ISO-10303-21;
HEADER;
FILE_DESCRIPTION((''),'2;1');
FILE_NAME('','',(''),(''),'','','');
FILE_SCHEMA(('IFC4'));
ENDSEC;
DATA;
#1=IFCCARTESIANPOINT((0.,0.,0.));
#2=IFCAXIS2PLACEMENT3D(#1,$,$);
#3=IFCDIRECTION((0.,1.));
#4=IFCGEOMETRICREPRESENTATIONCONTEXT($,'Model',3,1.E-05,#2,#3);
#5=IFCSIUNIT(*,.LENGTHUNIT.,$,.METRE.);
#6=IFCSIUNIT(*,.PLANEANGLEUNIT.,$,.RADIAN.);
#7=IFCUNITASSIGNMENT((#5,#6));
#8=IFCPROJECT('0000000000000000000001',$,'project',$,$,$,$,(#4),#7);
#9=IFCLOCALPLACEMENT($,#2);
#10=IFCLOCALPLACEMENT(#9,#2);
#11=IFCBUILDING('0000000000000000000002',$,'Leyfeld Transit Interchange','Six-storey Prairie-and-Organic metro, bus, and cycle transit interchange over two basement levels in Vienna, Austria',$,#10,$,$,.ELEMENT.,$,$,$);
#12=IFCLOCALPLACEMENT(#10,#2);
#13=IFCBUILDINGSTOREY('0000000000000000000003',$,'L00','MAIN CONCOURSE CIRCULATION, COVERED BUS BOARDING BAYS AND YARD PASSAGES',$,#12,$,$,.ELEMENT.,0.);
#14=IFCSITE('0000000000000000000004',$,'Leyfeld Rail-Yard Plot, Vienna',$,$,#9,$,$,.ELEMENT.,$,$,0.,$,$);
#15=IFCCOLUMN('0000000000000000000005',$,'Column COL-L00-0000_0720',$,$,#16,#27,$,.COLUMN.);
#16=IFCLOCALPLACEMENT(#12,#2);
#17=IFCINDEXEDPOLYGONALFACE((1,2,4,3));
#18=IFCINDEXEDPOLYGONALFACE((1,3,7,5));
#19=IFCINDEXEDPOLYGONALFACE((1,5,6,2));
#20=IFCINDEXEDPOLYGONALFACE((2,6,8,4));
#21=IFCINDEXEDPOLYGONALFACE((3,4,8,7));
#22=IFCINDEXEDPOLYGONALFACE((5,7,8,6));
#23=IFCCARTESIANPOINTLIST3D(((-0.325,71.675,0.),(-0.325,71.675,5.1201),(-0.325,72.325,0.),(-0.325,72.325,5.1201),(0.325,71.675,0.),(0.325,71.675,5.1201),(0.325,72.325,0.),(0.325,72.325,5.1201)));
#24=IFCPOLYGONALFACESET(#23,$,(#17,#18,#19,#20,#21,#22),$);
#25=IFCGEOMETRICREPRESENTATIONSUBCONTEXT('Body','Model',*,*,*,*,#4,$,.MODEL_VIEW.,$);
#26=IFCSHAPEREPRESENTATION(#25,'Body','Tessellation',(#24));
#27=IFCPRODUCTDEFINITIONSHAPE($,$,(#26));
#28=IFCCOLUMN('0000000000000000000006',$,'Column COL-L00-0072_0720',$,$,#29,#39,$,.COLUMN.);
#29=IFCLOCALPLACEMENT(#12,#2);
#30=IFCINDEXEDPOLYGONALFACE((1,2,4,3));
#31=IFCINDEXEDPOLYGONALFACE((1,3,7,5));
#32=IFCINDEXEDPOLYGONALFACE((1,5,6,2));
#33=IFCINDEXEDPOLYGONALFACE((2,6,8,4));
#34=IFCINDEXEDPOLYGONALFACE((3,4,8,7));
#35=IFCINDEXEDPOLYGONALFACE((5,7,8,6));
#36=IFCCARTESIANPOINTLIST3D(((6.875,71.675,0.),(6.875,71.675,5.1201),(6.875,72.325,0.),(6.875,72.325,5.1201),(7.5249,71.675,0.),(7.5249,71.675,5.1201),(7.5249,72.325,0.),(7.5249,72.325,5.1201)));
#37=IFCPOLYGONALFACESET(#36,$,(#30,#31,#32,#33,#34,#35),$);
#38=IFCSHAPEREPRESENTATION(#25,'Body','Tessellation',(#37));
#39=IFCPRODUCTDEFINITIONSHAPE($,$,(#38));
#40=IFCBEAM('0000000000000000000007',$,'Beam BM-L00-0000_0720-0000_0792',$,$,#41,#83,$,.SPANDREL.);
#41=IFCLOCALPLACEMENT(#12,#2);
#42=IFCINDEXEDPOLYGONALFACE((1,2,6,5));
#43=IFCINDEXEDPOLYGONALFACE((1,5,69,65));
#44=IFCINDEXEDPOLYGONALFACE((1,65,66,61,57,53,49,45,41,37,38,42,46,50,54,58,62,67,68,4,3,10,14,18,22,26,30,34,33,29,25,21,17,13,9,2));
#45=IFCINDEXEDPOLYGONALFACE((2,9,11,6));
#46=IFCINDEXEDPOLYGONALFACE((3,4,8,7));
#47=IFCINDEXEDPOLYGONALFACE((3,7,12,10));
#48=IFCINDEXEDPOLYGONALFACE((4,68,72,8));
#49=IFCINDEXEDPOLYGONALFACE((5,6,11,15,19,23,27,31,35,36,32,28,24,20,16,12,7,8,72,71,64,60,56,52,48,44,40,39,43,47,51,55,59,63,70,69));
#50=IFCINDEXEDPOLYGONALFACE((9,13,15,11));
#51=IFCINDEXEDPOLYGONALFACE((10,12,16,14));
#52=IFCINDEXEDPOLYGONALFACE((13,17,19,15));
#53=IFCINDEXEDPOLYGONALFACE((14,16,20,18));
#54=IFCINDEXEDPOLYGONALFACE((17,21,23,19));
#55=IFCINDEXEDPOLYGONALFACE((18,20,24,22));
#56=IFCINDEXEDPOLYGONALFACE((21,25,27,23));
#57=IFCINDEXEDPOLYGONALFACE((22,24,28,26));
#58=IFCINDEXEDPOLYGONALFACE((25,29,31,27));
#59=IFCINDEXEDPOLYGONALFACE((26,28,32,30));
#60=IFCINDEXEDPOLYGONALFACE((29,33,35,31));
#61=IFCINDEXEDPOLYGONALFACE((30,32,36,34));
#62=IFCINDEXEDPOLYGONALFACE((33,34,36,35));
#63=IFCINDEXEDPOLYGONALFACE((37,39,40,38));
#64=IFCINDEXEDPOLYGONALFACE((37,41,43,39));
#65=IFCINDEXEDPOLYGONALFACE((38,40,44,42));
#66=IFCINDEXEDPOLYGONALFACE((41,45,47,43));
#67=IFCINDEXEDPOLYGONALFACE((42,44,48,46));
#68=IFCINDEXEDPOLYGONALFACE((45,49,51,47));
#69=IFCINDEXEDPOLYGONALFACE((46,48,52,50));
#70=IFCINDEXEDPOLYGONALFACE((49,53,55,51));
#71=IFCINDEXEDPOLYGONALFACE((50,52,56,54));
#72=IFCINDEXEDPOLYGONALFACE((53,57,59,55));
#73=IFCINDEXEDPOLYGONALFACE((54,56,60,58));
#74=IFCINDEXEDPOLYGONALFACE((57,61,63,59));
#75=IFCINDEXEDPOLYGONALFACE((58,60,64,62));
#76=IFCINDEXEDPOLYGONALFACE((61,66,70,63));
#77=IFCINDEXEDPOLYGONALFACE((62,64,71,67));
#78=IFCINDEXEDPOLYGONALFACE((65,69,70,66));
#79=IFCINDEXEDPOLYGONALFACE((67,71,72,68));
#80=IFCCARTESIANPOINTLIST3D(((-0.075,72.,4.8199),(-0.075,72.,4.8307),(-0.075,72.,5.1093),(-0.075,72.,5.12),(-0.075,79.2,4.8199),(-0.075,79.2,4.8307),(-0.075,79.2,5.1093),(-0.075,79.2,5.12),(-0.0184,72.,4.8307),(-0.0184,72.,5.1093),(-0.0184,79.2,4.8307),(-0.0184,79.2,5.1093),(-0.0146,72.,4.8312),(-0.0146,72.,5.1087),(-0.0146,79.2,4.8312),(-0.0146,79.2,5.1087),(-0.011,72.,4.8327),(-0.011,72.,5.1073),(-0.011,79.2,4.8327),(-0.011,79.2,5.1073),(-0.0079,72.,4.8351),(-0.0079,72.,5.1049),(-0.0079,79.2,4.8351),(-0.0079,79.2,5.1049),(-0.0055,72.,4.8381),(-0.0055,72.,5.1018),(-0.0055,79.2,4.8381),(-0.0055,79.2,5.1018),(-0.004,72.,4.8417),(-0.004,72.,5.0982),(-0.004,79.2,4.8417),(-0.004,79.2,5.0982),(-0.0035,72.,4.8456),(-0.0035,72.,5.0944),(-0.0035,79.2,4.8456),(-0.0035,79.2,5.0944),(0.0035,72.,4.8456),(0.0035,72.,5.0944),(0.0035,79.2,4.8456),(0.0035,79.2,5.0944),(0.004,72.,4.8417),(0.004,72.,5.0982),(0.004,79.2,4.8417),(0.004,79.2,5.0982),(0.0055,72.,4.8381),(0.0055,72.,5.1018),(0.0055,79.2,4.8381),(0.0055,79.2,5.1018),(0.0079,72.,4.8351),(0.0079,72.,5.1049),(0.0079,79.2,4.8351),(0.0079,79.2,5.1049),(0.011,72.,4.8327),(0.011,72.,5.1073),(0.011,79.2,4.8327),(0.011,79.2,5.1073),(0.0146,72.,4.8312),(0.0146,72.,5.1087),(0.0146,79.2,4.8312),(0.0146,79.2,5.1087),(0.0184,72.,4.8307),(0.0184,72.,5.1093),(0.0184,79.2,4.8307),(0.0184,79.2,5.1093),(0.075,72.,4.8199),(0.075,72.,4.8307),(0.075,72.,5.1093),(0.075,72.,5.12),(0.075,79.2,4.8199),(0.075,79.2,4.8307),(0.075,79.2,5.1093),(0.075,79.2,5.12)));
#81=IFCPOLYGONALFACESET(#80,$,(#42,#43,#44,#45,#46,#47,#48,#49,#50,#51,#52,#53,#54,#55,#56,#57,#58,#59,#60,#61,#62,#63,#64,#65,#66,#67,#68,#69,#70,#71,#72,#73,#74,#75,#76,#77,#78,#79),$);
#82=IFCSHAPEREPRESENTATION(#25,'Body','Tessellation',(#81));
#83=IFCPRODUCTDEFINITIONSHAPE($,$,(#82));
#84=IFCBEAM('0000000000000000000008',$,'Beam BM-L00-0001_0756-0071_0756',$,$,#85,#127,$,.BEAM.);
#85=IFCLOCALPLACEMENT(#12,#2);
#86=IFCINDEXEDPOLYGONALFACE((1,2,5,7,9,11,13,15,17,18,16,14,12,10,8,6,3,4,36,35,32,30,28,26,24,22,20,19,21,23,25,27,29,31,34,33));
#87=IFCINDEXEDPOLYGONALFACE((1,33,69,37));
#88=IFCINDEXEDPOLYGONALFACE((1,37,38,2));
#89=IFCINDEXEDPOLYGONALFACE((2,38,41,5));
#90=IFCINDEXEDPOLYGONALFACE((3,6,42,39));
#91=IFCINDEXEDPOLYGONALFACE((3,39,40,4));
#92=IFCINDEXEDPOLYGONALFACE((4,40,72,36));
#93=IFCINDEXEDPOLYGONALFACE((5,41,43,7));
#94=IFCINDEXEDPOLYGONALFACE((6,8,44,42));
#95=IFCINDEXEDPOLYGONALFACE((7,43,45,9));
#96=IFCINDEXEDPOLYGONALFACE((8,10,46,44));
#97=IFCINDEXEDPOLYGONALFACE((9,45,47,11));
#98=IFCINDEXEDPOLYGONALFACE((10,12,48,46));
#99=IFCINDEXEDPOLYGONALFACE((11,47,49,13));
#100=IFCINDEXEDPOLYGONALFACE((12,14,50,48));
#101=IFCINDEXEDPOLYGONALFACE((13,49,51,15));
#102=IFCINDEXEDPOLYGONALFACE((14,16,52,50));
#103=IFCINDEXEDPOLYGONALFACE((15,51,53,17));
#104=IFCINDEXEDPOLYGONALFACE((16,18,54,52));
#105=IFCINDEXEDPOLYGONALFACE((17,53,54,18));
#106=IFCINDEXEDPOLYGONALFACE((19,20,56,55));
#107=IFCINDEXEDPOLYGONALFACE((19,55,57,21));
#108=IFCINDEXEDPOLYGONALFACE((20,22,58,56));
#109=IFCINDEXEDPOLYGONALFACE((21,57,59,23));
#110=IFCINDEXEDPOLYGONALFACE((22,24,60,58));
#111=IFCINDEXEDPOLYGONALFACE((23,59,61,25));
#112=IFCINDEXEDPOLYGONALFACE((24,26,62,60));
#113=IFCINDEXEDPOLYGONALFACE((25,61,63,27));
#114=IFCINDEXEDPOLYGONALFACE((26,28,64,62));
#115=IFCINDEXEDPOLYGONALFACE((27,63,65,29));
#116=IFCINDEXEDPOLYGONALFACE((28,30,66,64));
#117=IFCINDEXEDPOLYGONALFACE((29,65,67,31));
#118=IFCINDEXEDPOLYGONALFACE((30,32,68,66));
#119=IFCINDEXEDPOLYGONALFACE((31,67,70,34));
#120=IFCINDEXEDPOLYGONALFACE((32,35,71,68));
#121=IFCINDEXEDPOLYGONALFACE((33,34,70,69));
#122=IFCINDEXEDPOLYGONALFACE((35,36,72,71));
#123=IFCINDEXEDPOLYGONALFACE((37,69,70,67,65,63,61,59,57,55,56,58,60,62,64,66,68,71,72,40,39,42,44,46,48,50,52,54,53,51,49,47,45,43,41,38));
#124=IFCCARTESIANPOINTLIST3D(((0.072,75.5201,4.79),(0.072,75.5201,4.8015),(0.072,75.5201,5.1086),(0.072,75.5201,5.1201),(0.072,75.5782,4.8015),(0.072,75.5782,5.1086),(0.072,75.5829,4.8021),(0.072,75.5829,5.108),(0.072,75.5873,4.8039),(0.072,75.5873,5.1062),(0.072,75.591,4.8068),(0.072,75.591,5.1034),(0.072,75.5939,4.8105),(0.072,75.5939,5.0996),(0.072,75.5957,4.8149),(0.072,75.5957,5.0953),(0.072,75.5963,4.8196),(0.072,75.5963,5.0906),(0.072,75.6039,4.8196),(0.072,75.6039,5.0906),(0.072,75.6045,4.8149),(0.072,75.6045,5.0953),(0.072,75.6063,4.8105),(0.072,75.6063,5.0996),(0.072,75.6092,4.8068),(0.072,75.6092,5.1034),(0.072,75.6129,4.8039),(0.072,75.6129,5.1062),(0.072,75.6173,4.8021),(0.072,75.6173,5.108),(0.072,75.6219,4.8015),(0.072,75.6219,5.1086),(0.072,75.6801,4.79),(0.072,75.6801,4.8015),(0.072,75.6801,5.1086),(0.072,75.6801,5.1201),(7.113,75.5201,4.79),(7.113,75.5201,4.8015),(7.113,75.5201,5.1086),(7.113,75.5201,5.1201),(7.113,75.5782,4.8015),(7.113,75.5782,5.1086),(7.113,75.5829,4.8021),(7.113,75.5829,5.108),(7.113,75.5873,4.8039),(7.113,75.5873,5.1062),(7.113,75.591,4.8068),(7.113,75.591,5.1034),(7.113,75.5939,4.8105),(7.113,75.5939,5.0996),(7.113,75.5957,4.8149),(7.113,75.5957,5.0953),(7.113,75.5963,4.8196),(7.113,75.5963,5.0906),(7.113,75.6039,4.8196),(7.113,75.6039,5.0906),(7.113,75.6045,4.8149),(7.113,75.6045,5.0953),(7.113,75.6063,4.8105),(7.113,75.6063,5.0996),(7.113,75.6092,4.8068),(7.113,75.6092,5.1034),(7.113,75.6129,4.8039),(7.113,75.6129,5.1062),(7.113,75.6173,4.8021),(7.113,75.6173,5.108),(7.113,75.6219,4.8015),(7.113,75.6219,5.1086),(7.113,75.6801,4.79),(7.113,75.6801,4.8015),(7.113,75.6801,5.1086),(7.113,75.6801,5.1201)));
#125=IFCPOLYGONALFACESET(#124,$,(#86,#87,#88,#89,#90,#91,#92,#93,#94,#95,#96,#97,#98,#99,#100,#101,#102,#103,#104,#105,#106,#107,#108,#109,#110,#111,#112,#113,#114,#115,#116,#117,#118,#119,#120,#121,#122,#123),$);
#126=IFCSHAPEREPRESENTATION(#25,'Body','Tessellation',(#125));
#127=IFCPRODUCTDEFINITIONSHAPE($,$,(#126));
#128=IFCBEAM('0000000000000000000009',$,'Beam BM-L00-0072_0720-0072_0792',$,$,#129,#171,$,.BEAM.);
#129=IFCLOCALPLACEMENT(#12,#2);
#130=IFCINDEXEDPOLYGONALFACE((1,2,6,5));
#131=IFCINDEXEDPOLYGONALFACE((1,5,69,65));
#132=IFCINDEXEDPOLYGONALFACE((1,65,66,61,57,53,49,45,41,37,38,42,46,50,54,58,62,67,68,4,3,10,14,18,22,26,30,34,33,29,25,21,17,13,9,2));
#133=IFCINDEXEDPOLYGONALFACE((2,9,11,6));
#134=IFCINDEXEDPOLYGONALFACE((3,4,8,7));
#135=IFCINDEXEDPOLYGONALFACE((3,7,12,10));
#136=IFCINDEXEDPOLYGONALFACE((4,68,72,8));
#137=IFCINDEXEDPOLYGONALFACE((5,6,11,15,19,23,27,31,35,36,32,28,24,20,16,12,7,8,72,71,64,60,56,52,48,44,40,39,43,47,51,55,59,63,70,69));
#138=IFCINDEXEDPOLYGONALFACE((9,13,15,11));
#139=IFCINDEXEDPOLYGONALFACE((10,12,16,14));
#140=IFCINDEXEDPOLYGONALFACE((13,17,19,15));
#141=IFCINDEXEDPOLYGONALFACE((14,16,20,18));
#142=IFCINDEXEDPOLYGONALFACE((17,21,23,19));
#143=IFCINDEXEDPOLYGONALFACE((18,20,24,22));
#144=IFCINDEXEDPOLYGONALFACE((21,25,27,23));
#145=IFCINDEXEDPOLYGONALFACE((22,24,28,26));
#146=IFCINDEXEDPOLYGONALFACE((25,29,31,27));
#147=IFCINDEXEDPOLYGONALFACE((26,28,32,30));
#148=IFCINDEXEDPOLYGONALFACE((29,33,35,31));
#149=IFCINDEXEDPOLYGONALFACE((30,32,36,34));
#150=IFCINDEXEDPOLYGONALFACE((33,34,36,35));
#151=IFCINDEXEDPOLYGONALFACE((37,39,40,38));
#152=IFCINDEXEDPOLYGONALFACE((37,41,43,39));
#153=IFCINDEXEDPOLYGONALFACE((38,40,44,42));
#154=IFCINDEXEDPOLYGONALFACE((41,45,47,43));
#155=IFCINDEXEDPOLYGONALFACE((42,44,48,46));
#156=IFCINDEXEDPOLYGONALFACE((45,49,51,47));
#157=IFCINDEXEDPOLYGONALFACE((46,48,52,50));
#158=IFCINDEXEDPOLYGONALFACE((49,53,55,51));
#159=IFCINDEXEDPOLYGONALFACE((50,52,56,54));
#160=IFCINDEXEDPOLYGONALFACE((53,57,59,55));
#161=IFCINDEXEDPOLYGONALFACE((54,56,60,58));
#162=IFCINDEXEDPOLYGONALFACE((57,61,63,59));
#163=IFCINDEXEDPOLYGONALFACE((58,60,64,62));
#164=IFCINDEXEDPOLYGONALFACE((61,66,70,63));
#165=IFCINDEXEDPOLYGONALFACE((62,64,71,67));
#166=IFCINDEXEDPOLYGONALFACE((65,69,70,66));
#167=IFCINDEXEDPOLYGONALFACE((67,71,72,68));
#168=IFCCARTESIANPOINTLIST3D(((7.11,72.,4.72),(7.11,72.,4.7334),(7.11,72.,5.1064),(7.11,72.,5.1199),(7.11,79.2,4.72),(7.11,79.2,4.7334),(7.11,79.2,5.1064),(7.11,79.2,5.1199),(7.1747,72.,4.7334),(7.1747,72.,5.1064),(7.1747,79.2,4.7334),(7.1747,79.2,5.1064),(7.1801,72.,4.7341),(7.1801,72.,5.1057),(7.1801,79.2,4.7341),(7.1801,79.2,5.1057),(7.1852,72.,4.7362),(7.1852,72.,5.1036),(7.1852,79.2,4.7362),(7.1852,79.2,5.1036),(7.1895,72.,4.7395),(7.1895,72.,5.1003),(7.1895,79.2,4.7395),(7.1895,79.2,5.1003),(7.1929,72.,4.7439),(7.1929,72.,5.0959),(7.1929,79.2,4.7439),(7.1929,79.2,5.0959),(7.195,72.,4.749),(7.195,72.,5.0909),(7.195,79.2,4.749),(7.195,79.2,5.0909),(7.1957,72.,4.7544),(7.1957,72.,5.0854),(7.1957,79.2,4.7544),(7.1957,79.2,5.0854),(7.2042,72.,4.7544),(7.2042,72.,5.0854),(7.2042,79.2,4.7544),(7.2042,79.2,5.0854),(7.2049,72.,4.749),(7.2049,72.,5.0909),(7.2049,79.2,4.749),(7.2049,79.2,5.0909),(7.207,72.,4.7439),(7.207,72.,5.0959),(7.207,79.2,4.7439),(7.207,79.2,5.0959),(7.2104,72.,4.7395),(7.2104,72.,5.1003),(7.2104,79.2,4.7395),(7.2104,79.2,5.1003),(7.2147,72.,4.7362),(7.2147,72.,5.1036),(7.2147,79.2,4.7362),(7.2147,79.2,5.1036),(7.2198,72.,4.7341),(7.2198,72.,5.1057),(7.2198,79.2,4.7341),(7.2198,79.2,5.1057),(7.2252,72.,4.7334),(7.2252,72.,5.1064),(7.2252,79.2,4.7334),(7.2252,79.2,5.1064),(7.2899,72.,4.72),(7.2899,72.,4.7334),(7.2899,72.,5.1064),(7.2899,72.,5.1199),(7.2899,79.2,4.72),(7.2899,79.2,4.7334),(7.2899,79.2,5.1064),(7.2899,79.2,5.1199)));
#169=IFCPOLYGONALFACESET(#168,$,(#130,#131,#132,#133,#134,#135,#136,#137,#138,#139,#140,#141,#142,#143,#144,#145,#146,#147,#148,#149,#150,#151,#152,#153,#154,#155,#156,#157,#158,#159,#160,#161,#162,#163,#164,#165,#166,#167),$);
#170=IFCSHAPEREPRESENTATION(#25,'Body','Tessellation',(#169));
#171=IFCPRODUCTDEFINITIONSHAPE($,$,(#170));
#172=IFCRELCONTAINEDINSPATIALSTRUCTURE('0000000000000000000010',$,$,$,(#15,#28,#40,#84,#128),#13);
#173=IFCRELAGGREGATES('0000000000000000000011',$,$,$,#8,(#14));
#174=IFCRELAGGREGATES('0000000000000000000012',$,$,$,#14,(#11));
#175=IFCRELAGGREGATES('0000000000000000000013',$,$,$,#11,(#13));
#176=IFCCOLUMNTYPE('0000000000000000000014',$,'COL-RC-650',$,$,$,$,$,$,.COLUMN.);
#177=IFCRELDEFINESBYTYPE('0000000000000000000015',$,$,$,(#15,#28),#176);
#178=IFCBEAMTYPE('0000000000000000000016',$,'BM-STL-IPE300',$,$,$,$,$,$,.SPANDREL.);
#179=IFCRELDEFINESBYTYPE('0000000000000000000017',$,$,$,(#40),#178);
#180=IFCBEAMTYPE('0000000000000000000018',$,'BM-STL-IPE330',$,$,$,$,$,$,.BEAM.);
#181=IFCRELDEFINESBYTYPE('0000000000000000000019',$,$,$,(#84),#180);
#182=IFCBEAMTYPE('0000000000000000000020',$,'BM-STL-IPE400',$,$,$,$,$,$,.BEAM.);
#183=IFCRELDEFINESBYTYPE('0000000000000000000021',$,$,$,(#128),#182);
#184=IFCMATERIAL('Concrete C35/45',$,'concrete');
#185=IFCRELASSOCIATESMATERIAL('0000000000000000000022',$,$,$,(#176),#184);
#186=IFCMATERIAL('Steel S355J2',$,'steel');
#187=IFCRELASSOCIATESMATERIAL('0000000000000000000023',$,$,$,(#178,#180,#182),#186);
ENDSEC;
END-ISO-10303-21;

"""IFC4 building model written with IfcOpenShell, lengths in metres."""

from ifc_helpers import new_model, si_unit, direction, frame, origin, origin_2d, place, context, subcontext, project, spatial, rectangle, i_section, extrude, material, material_profile, profile_set, type_object, element, save


model = new_model("IFC4")

# Units and contexts
model_context = context("Model", 3, precision=1e-05, world=origin(), true_north=direction((0.0, 1.0)))
body_context = subcontext(model_context, "Body", "Model", "MODEL_VIEW")
ifc_project = project(units=[si_unit("LENGTHUNIT", "METRE"), si_unit("PLANEANGLEUNIT", "RADIAN")], contexts=[model_context])

# Site, building, storey
site_placement = place(None, origin())
site = spatial("IfcSite", under=ifc_project, at=site_placement, Name="Leyfeld Rail-Yard Plot, Vienna", CompositionType="ELEMENT", RefElevation=0.0)
building_placement = place(site_placement, origin())
building = spatial("IfcBuilding", under=site, at=building_placement, Name="Leyfeld Transit Interchange", Description="Six-storey Prairie-and-Organic metro, bus, and cycle transit interchange over two basement levels in Vienna, Austria", CompositionType="ELEMENT")
storey_placement = place(building_placement, origin())
storey = spatial("IfcBuildingStorey", under=building, at=storey_placement, Name="L00", Description="MAIN CONCOURSE CIRCULATION, COVERED BUS BOARDING BAYS AND YARD PASSAGES", CompositionType="ELEMENT", Elevation=0.0)

# Columns
ifc_material_1 = material(Name="Concrete C35/45", Category="concrete")
ifc_material_profile_1 = material_profile(ifc_material_1, rectangle(XDim=0.6499, YDim=0.6499, at=origin_2d()), Name="RC 650x650")
ifc_profile_set_1 = profile_set([ifc_material_profile_1], Name="Concrete C35/45")
column_type = type_object("IfcColumnType", Name="COL-RC-650", PredefinedType="COLUMN", material=ifc_profile_set_1)
for number, where, z_axis, x_axis, name in (
    (1, (0.0, 72.0, 0.0), (0.0, 0.0, 1.0), (0.0, 1.0, 0.0), "Column COL-L00-0000_0720"),
    (2, (7.2, 72.0, 0.0), (0.0, 0.0, 1.0), (1.0, 0.0, 0.0), "Column COL-L00-0072_0720"),
):
    element("IfcColumn", number, at=place(storey_placement, frame(where, z_axis=z_axis, x_axis=x_axis)), inside=storey, type_object=column_type, Name=name, PredefinedType="COLUMN", context=body_context, shape_type="SweptSolid", body=[
        extrude(rectangle(XDim=0.6499, YDim=0.6499, at=origin_2d()), origin(), (0.0, 0.0, 1.0), 5.1201),
    ])

# Beams
ifc_material_2 = material(Name="Steel S355J2", Category="steel")
ifc_material_profile_2 = material_profile(ifc_material_2, i_section(OverallWidth=0.1499, OverallDepth=0.3, WebThickness=0.0071, FlangeThickness=0.0107, FilletRadius=0.0149, at=origin_2d()), Name="IPE 300")
ifc_profile_set_2 = profile_set([ifc_material_profile_2], Name="Steel S355J2")
beam_type_1 = type_object("IfcBeamType", Name="BM-STL-IPE300", PredefinedType="SPANDREL", material=ifc_profile_set_2)
beam_1_placement = place(storey_placement, frame((0.0, 72.0, 4.97), z_axis=(0.0, 1.0, 0.0), x_axis=(-1.0, 0.0, 0.0)))
element("IfcBeam", 3, at=beam_1_placement, inside=storey, type_object=beam_type_1, Name="Beam BM-L00-0000_0720-0000_0792", PredefinedType="SPANDREL", context=body_context, shape_type="SweptSolid", body=[
    extrude(i_section(OverallWidth=0.1499, OverallDepth=0.3, WebThickness=0.0071, FlangeThickness=0.0107, FilletRadius=0.0149, at=origin_2d()), origin(), (0.0, 0.0, 1.0), 7.2),
])
ifc_material_profile_3 = material_profile(ifc_material_2, i_section(OverallWidth=0.1599, OverallDepth=0.3301, WebThickness=0.0076, FlangeThickness=0.0115, FilletRadius=0.0181, at=origin_2d()), Name="IPE 330")
ifc_profile_set_3 = profile_set([ifc_material_profile_3], Name="Steel S355J2")
beam_type_2 = type_object("IfcBeamType", Name="BM-STL-IPE330", PredefinedType="BEAM", material=ifc_profile_set_3)
beam_2_placement = place(storey_placement, frame((0.072, 75.6001, 4.9551), z_axis=(1.0, 0.0, 0.0), x_axis=(0.0, 1.0, 0.0)))
element("IfcBeam", 4, at=beam_2_placement, inside=storey, type_object=beam_type_2, Name="Beam BM-L00-0001_0756-0071_0756", PredefinedType="BEAM", context=body_context, shape_type="SweptSolid", body=[
    extrude(i_section(OverallWidth=0.1599, OverallDepth=0.3301, WebThickness=0.0076, FlangeThickness=0.0115, FilletRadius=0.0181, at=origin_2d()), origin(), (0.0, 0.0, 1.0), 7.041),
])
ifc_material_profile_4 = material_profile(ifc_material_2, i_section(OverallWidth=0.1799, OverallDepth=0.3999, WebThickness=0.0085, FlangeThickness=0.0134, FilletRadius=0.021, at=origin_2d()), Name="IPE 400")
ifc_profile_set_4 = profile_set([ifc_material_profile_4], Name="Steel S355J2")
beam_type_3 = type_object("IfcBeamType", Name="BM-STL-IPE400", PredefinedType="BEAM", material=ifc_profile_set_4)
beam_3_placement = place(storey_placement, frame((7.2, 72.0, 4.9199), z_axis=(0.0, 1.0, 0.0), x_axis=(-1.0, 0.0, 0.0)))
element("IfcBeam", 5, at=beam_3_placement, inside=storey, type_object=beam_type_3, Name="Beam BM-L00-0072_0720-0072_0792", PredefinedType="BEAM", context=body_context, shape_type="SweptSolid", body=[
    extrude(i_section(OverallWidth=0.1799, OverallDepth=0.3999, WebThickness=0.0085, FlangeThickness=0.0134, FilletRadius=0.021, at=origin_2d()), origin(), (0.0, 0.0, 1.0), 7.2),
])

save(model, "model.ifc")
